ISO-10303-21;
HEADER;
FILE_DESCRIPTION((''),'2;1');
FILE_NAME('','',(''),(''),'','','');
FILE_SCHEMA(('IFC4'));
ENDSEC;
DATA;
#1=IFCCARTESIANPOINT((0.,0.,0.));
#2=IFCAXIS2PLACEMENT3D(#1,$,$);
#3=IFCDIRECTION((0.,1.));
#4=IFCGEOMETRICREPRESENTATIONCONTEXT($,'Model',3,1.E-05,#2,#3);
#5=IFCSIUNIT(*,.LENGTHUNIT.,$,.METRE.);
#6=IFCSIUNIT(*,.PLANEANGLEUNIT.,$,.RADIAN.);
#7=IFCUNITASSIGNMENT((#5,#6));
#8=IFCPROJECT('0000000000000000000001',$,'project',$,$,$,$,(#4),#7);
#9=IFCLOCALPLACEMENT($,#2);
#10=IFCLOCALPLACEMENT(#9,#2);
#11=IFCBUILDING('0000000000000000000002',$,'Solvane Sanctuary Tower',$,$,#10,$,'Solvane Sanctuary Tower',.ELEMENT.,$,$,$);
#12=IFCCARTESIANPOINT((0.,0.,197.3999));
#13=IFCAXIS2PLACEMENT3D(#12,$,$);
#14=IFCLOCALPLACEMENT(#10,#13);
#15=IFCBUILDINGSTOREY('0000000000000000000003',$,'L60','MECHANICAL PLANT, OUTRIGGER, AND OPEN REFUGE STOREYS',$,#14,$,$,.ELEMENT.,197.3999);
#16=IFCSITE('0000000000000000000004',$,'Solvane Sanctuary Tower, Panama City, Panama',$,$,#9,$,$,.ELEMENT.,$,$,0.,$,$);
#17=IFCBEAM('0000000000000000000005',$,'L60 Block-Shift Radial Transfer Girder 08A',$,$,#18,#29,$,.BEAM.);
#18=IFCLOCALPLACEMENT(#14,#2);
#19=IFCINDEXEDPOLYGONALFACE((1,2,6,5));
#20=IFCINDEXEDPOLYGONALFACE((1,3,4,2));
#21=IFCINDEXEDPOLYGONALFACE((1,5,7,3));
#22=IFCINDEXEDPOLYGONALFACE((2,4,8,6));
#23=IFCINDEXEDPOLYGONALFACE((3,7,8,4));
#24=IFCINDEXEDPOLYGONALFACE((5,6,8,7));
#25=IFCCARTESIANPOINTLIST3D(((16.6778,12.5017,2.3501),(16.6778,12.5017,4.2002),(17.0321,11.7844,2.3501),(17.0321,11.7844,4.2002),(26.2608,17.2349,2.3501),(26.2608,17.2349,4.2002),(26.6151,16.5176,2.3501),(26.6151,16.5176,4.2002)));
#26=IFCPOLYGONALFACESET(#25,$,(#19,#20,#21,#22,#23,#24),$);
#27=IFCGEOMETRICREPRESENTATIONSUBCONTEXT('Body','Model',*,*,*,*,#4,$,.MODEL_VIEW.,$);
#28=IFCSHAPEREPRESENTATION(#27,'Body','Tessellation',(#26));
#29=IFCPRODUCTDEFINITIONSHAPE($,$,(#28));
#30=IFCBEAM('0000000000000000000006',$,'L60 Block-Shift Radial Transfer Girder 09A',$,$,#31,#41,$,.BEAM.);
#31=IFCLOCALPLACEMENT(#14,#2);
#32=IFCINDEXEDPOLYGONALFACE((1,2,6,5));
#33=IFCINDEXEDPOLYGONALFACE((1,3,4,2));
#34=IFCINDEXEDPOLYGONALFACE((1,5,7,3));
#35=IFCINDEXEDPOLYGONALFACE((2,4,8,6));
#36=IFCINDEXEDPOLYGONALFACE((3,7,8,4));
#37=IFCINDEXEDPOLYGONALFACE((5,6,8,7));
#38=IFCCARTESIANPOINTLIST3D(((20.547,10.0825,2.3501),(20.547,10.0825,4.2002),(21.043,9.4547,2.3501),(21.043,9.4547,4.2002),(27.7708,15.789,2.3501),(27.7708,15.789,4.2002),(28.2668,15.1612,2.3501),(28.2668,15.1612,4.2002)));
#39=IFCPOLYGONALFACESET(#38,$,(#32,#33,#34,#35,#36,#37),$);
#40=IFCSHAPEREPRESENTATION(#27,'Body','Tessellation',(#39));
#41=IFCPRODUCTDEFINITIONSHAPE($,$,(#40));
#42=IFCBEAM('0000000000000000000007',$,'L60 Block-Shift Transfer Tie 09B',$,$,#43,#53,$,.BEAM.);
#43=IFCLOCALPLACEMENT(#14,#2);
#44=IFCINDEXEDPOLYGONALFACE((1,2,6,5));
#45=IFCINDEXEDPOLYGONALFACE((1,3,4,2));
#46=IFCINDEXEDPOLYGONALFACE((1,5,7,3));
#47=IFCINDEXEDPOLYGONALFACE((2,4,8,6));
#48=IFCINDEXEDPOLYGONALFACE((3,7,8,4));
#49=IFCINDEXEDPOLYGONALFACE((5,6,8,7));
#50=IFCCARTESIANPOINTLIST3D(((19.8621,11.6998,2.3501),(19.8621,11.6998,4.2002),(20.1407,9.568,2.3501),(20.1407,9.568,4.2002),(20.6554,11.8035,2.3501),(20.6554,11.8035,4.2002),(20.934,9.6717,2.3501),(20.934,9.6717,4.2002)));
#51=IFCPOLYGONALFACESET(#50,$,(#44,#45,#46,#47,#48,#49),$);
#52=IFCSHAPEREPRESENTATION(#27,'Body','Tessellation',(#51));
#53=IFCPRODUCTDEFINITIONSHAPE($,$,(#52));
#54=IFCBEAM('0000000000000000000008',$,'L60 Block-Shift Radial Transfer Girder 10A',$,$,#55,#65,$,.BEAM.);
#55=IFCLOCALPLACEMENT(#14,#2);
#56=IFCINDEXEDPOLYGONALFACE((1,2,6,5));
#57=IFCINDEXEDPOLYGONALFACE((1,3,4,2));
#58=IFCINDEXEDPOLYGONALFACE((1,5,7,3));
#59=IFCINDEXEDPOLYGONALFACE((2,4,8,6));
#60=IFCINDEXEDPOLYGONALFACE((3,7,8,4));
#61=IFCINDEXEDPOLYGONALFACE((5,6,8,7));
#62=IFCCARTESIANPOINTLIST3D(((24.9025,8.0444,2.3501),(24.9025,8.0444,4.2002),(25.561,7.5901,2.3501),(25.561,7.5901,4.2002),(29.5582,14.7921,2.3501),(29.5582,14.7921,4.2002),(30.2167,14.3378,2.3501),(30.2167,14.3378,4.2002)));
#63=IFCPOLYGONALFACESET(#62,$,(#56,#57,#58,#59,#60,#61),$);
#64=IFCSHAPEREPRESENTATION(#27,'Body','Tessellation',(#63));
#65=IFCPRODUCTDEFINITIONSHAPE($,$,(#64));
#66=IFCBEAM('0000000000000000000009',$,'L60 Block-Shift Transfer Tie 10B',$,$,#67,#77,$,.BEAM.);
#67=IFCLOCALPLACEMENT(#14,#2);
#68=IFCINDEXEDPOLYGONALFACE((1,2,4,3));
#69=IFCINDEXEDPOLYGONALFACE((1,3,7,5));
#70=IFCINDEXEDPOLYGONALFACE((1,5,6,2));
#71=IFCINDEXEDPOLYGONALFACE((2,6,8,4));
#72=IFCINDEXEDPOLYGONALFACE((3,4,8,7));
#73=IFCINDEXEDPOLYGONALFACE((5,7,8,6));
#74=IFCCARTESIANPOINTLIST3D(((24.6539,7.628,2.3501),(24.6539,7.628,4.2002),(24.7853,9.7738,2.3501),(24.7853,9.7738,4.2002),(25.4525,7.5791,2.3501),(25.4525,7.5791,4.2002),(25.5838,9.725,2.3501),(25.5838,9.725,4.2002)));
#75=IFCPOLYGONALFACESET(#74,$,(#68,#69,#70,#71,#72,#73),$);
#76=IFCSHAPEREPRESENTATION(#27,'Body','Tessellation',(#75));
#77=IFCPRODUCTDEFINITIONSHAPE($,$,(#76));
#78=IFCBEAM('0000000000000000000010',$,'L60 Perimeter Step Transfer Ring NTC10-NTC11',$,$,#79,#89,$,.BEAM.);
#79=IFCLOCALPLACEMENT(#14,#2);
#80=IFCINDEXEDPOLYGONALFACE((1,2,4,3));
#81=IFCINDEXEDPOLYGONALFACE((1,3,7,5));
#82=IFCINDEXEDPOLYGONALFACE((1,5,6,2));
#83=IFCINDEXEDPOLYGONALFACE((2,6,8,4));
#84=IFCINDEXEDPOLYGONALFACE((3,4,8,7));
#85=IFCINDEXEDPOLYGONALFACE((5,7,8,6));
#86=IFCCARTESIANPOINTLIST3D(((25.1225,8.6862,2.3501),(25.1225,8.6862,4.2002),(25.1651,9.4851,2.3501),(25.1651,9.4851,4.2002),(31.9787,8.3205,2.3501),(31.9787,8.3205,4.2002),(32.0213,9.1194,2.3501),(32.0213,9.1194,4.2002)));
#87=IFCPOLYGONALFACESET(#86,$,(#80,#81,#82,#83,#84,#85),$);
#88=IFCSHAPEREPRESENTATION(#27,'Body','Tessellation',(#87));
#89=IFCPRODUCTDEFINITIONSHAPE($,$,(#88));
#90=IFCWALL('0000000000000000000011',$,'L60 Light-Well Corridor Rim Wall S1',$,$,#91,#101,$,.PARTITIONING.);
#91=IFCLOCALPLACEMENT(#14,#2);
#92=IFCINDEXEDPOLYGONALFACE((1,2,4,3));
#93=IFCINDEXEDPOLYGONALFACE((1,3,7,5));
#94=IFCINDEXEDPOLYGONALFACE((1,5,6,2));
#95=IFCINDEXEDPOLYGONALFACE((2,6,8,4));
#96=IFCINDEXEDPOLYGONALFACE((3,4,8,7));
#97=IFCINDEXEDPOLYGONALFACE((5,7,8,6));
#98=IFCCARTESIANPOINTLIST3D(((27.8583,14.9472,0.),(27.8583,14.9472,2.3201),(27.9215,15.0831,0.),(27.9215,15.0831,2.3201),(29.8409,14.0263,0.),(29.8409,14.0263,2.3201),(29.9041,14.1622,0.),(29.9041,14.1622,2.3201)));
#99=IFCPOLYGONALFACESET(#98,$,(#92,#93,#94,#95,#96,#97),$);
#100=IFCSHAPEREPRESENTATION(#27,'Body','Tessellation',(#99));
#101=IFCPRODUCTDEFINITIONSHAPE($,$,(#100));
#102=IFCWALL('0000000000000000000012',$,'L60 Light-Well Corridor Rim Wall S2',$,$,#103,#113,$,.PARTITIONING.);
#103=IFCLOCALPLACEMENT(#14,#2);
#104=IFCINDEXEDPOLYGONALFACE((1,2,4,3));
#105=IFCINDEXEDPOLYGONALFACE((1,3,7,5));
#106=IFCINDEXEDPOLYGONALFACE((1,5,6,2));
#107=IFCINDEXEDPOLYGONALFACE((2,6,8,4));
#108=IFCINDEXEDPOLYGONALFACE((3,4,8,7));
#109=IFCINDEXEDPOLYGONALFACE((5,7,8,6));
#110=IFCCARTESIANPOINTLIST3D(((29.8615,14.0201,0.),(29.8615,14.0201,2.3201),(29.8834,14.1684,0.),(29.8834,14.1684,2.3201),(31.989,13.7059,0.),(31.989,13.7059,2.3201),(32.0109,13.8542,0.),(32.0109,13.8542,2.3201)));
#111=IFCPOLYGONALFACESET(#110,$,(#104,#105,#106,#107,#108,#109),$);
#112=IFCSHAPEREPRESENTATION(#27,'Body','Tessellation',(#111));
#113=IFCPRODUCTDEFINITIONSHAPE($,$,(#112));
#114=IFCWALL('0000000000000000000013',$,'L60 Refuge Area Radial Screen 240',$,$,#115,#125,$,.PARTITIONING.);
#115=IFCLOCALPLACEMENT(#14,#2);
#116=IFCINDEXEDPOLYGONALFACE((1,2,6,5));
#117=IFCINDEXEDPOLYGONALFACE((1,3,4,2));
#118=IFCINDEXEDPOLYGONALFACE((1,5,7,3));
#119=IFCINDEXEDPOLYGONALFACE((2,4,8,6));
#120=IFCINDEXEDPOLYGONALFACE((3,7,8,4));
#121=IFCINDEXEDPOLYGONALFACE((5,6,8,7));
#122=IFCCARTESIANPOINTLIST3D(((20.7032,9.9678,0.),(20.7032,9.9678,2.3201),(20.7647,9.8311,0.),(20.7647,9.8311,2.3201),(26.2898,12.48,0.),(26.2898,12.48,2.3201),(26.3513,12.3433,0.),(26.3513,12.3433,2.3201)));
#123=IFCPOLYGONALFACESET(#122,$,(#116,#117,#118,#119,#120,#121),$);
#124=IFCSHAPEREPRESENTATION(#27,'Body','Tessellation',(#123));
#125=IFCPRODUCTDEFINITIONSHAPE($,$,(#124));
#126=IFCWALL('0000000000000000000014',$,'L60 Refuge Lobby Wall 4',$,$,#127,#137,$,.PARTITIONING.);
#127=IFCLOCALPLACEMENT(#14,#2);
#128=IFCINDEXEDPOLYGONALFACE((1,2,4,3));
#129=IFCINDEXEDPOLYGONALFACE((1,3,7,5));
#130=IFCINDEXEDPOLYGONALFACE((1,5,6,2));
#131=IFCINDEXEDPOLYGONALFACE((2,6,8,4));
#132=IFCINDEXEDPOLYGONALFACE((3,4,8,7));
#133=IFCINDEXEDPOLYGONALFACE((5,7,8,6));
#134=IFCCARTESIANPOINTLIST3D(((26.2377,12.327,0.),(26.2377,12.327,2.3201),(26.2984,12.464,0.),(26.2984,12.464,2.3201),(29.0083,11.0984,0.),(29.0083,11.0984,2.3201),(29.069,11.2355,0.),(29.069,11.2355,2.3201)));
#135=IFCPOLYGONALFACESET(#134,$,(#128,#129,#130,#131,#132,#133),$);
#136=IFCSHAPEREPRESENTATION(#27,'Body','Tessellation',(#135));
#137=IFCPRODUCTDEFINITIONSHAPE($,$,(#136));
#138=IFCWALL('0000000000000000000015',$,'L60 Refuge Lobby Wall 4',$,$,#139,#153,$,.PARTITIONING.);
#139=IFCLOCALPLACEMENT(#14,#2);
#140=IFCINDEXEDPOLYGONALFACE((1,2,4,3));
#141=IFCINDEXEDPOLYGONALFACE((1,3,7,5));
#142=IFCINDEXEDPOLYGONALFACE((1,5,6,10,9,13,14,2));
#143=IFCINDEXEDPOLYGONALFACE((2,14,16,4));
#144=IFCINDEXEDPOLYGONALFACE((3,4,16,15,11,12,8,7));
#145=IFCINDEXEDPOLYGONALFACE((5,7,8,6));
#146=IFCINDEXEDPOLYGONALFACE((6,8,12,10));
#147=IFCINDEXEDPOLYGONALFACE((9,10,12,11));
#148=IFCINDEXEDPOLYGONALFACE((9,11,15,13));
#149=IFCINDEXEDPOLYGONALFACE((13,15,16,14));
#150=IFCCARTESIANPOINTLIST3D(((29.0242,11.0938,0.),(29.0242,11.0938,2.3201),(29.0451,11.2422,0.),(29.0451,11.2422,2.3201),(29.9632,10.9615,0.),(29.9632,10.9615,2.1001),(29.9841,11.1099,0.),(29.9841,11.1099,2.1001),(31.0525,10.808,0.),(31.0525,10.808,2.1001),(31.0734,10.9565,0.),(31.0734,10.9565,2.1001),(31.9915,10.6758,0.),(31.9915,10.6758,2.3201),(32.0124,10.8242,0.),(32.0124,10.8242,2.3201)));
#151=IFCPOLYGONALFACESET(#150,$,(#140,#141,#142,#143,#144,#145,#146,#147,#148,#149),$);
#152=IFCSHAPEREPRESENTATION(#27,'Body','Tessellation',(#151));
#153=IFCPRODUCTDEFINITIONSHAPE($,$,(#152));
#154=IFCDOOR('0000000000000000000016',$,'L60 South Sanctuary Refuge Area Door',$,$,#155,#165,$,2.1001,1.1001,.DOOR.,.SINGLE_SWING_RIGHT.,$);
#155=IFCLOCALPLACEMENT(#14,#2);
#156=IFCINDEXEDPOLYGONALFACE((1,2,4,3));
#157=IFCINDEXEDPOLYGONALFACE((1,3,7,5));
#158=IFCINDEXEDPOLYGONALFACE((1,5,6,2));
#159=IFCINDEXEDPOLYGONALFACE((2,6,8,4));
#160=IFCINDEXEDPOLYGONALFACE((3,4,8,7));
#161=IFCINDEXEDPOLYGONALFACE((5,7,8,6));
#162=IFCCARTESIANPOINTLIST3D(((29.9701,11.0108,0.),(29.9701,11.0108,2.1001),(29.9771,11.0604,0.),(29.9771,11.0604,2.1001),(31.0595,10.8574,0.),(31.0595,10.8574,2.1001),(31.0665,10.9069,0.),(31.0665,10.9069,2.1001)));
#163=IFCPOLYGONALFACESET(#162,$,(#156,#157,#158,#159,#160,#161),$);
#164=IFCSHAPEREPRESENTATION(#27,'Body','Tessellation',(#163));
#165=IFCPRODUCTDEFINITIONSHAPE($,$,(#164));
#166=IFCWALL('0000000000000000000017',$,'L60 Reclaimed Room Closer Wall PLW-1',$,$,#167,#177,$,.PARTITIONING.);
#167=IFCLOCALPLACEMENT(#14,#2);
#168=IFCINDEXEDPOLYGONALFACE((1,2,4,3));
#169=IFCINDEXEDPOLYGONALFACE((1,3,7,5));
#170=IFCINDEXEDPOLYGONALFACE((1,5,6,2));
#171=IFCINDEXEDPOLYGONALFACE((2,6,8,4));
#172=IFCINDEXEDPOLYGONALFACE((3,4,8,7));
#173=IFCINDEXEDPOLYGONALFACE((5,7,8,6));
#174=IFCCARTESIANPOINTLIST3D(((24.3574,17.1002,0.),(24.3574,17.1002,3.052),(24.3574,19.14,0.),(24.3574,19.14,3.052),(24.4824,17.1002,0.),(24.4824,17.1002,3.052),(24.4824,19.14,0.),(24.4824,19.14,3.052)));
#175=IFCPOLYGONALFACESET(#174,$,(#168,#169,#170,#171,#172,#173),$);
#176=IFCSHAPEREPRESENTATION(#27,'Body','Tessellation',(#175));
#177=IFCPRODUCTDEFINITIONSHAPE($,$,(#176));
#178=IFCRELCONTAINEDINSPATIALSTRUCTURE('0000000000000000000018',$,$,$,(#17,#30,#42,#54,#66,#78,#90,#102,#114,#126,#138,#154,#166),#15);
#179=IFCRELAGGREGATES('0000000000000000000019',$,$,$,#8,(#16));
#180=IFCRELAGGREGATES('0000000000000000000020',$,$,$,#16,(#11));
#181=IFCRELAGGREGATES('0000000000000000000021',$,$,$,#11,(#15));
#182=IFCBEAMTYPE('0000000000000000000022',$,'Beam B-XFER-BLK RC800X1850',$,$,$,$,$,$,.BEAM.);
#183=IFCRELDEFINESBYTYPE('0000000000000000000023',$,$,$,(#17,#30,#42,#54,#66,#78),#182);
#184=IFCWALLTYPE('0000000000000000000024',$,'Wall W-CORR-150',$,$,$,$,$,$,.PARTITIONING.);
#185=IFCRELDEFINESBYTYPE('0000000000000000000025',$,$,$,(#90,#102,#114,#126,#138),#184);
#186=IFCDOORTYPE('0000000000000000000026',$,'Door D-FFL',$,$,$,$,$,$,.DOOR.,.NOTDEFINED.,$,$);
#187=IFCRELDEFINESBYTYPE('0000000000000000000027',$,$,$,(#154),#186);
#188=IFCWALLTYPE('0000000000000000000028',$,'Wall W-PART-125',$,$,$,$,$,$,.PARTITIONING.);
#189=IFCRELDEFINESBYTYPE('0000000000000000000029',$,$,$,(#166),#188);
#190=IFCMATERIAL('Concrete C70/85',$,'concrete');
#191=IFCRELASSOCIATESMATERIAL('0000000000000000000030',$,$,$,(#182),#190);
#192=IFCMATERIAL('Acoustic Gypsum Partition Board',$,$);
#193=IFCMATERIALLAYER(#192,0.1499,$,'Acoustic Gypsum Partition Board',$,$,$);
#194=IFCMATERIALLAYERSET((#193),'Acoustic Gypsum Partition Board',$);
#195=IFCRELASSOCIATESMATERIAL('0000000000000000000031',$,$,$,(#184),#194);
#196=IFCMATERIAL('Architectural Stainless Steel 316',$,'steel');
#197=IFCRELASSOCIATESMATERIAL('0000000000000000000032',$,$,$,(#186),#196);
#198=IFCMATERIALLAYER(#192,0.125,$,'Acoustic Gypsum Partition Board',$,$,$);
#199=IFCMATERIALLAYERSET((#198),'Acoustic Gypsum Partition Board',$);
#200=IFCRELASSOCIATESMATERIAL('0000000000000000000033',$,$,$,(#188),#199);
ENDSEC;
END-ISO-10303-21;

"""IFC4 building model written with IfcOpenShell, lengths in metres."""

from ifc_helpers import new_model, si_unit, direction, frame, frame_2d, origin, origin_2d, place, context, subcontext, project, spatial, rectangle, extrude, material, layer, layer_set, material_profile, profile_set, type_object, element, fill, save


model = new_model("IFC4")

# Units and contexts
model_context = context("Model", 3, precision=1e-05, world=origin(), true_north=direction((0.0, 1.0)))
body_context = subcontext(model_context, "Body", "Model", "MODEL_VIEW")
ifc_project = project(units=[si_unit("LENGTHUNIT", "METRE"), si_unit("PLANEANGLEUNIT", "RADIAN")], contexts=[model_context])

# Site, building, storey
site_placement = place(None, origin())
site = spatial("IfcSite", under=ifc_project, at=site_placement, Name="Solvane Sanctuary Tower, Panama City, Panama", CompositionType="ELEMENT", RefElevation=0.0)
building_placement = place(site_placement, origin())
building = spatial("IfcBuilding", under=site, at=building_placement, Name="Solvane Sanctuary Tower", LongName="Solvane Sanctuary Tower", CompositionType="ELEMENT")
storey_placement = place(building_placement, frame((0.0, 0.0, 197.3999)))
storey = spatial("IfcBuildingStorey", under=building, at=storey_placement, Name="L60", Description="MECHANICAL PLANT, OUTRIGGER, AND OPEN REFUGE STOREYS", CompositionType="ELEMENT", Elevation=197.3999)

# Shared definitions
ifc_material_1 = material(Name="Concrete C70/85", Category="concrete")

# Beams
ifc_material_profile_1 = material_profile(ifc_material_1, rectangle(XDim=0.8, YDim=1.8501, at=origin_2d()), Name="RC800X1850")
ifc_profile_set_1 = profile_set([ifc_material_profile_1], Name="Concrete C70/85")
beam_type_1 = type_object("IfcBeamType", Name="Beam B-XFER-BLK RC800X1850", PredefinedType="BEAM", material=ifc_profile_set_1)
beam_1_placement = place(storey_placement, frame((26.438, 16.8762, 3.2751), z_axis=(-0.8966, -0.442841, 0.0), x_axis=(0.442841, -0.8966, 0.0)))
element("IfcBeam", 1, at=beam_1_placement, inside=storey, type_object=beam_type_1, Name="L60 Block-Shift Radial Transfer Girder 08A", PredefinedType="BEAM", context=body_context, shape_type="SweptSolid", body=[
    extrude(rectangle(XDim=0.8, YDim=1.8501, at=origin_2d()), origin(), (0.0, 0.0, 1.0), 10.6882),
])
beam_2_placement = place(storey_placement, frame((28.0188, 15.4751, 3.2751), z_axis=(-0.784699, -0.619877, 0.0), x_axis=(0.619877, -0.784699, 0.0)))
element("IfcBeam", 2, at=beam_2_placement, inside=storey, type_object=beam_type_1, Name="L60 Block-Shift Radial Transfer Girder 09A", PredefinedType="BEAM", context=body_context, shape_type="SweptSolid", body=[
    extrude(rectangle(XDim=0.8, YDim=1.8501, at=origin_2d()), origin(), (0.0, 0.0, 1.0), 9.2058),
])
beam_3_placement = place(storey_placement, frame((20.5374, 9.6199, 3.2751), z_axis=(-0.129567, 0.991571, 0.0), x_axis=(-0.991571, -0.129567, 0.0)))
element("IfcBeam", 3, at=beam_3_placement, inside=storey, type_object=beam_type_1, Name="L60 Block-Shift Transfer Tie 09B", PredefinedType="BEAM", context=body_context, shape_type="SweptSolid", body=[
    extrude(rectangle(XDim=0.8, YDim=1.8501, at=origin_2d()), origin(), (0.0, 0.0, 1.0), 2.1499),
])
beam_4_placement = place(storey_placement, frame((29.8875, 14.5649, 3.2751), z_axis=(-0.567907, -0.823093, 0.0), x_axis=(0.823093, -0.567907, 0.0)))
element("IfcBeam", 4, at=beam_4_placement, inside=storey, type_object=beam_type_1, Name="L60 Block-Shift Radial Transfer Girder 10A", PredefinedType="BEAM", context=body_context, shape_type="SweptSolid", body=[
    extrude(rectangle(XDim=0.8, YDim=1.8501, at=origin_2d()), origin(), (0.0, 0.0, 1.0), 8.198),
])
beam_5_placement = place(storey_placement, frame((25.0532, 7.6035, 3.2751), z_axis=(0.061092, 0.998132, 0.0), x_axis=(-0.998132, 0.061092, 0.0)))
element("IfcBeam", 5, at=beam_5_placement, inside=storey, type_object=beam_type_1, Name="L60 Block-Shift Transfer Tie 10B", PredefinedType="BEAM", context=body_context, shape_type="SweptSolid", body=[
    extrude(rectangle(XDim=0.8, YDim=1.8501, at=origin_2d()), origin(), (0.0, 0.0, 1.0), 2.1499),
])
beam_6_placement = place(storey_placement, frame((25.1438, 9.0857, 3.2751), z_axis=(0.99858, -0.053266, 0.0), x_axis=(0.053266, 0.99858, 0.0)))
element("IfcBeam", 6, at=beam_6_placement, inside=storey, type_object=beam_type_1, Name="L60 Perimeter Step Transfer Ring NTC10-NTC11", PredefinedType="BEAM", context=body_context, shape_type="SweptSolid", body=[
    extrude(rectangle(XDim=0.8, YDim=1.8501, at=origin_2d()), origin(), (0.0, 0.0, 1.0), 6.866),
])

# Walls
ifc_material_2 = material(Name="Acoustic Gypsum Partition Board")
ifc_layer_1 = layer(ifc_material_2, 0.1499, Name="Acoustic Gypsum Partition Board")
ifc_layer_set_1 = layer_set([ifc_layer_1], Name="Acoustic Gypsum Partition Board")
wall_type_1 = type_object("IfcWallType", Name="Wall W-CORR-150", PredefinedType="PARTITIONING", material=ifc_layer_set_1)
wall_1_placement = place(storey_placement, frame((27.8899, 15.0151, 0.0), z_axis=(0.0, 0.0, 1.0), x_axis=(0.906943, -0.421252, 0.0)))
element("IfcWall", 7, at=wall_1_placement, inside=storey, type_object=wall_type_1, Name="L60 Light-Well Corridor Rim Wall S1", PredefinedType="PARTITIONING", context=body_context, shape_type="SweptSolid", body=[
    extrude(rectangle(XDim=2.186, YDim=0.1499, at=frame_2d((1.093, 0.0))), origin(), (0.0, 0.0, 1.0), 2.3201),
])
wall_2_placement = place(storey_placement, frame((29.8726, 14.0942, 0.0), z_axis=(0.0, 0.0, 1.0), x_axis=(0.989269, -0.146108, 0.0)))
element("IfcWall", 8, at=wall_2_placement, inside=storey, type_object=wall_type_1, Name="L60 Light-Well Corridor Rim Wall S2", PredefinedType="PARTITIONING", context=body_context, shape_type="SweptSolid", body=[
    extrude(rectangle(XDim=2.1506, YDim=0.1499, at=frame_2d((1.0752, 0.0))), origin(), (0.0, 0.0, 1.0), 2.3201),
])
wall_3_placement = place(storey_placement, frame((26.3206, 12.4116, 0.0), z_axis=(0.0, 0.0, 1.0), x_axis=(-0.912031, -0.410121, 0.0)))
element("IfcWall", 9, at=wall_3_placement, inside=storey, type_object=wall_type_1, Name="L60 Refuge Area Radial Screen 240", PredefinedType="PARTITIONING", context=body_context, shape_type="SweptSolid", body=[
    extrude(rectangle(XDim=6.1255, YDim=0.1499, at=frame_2d((3.0627, 0.0))), origin(), (0.0, 0.0, 1.0), 2.3201),
])
wall_4_placement = place(storey_placement, frame((26.2681, 12.3955, 0.0), z_axis=(0.0, 0.0, 1.0), x_axis=(0.914157, -0.405361, 0.0)))
element("IfcWall", 10, at=wall_4_placement, inside=storey, type_object=wall_type_1, Name="L60 Refuge Lobby Wall 4", PredefinedType="PARTITIONING", context=body_context, shape_type="SweptSolid", body=[
    extrude(rectangle(XDim=3.0308, YDim=0.1499, at=frame_2d((1.5154, 0.0))), origin(), (0.0, 0.0, 1.0), 2.3201),
])

# Wall, opening, door
wall_5_placement = place(storey_placement, frame((29.0347, 11.168, 0.0), z_axis=(0.0, 0.0, 1.0), x_axis=(0.990225, -0.139482, 0.0)))
wall_5 = element("IfcWall", 11, at=wall_5_placement, inside=storey, type_object=wall_type_1, Name="L60 Refuge Lobby Wall 4", PredefinedType="PARTITIONING", context=body_context, shape_type="SweptSolid", body=[
    extrude(rectangle(XDim=2.9966, YDim=0.1499, at=frame_2d((1.4983, 0.0))), origin(), (0.0, 0.0, 1.0), 2.3201),
])
opening_1_placement = place(wall_5_placement, frame((0.9482, 0.0, 0.0)))
opening_1 = element("IfcOpeningElement", 12, at=opening_1_placement, cuts=wall_5, PredefinedType="OPENING", context=body_context, shape_type="SweptSolid", body=[
    extrude(rectangle(XDim=1.1001, YDim=2.1001, at=frame_2d((0.55, 1.05))), frame((0.0, 0.085, 0.0), z_axis=(0.0, -1.0, 0.0), x_axis=(1.0, 0.0, 0.0)), (0.0, 0.0, 1.0), 0.1699),
])
ifc_material_3 = material(Name="Architectural Stainless Steel 316", Category="steel")
door_type_1 = type_object("IfcDoorType", Name="Door D-FFL", OperationType="NOTDEFINED", PredefinedType="DOOR", material=ifc_material_3)
door_1_placement = place(opening_1_placement, origin())
door_1 = element("IfcDoor", 13, at=door_1_placement, inside=storey, type_object=door_type_1, Name="L60 South Sanctuary Refuge Area Door", OperationType="SINGLE_SWING_RIGHT", OverallHeight=2.1001, OverallWidth=1.1001, PredefinedType="DOOR", context=body_context, shape_type="SweptSolid", body=[
    extrude(rectangle(XDim=1.1001, YDim=2.1001, at=frame_2d((0.55, 1.05))), frame((0.0, 0.0249, 0.0), z_axis=(0.0, -1.0, 0.0), x_axis=(1.0, 0.0, 0.0)), (0.0, 0.0, 1.0), 0.05),
])
fill(opening_1, door_1)

# Wall
ifc_layer_2 = layer(ifc_material_2, 0.125, Name="Acoustic Gypsum Partition Board")
ifc_layer_set_2 = layer_set([ifc_layer_2], Name="Acoustic Gypsum Partition Board")
wall_type_2 = type_object("IfcWallType", Name="Wall W-PART-125", PredefinedType="PARTITIONING", material=ifc_layer_set_2)
wall_6_placement = place(storey_placement, frame((24.4199, 17.1001, 0.0), z_axis=(0.0, 0.0, 1.0), x_axis=(0.0, 1.0, 0.0)))
element("IfcWall", 14, at=wall_6_placement, inside=storey, type_object=wall_type_2, Name="L60 Reclaimed Room Closer Wall PLW-1", PredefinedType="PARTITIONING", context=body_context, shape_type="SweptSolid", body=[
    extrude(rectangle(XDim=2.0398, YDim=0.125, at=frame_2d((1.02, 0.0))), origin(), (0.0, 0.0, 1.0), 3.052),
])

save(model, "model.ifc")
